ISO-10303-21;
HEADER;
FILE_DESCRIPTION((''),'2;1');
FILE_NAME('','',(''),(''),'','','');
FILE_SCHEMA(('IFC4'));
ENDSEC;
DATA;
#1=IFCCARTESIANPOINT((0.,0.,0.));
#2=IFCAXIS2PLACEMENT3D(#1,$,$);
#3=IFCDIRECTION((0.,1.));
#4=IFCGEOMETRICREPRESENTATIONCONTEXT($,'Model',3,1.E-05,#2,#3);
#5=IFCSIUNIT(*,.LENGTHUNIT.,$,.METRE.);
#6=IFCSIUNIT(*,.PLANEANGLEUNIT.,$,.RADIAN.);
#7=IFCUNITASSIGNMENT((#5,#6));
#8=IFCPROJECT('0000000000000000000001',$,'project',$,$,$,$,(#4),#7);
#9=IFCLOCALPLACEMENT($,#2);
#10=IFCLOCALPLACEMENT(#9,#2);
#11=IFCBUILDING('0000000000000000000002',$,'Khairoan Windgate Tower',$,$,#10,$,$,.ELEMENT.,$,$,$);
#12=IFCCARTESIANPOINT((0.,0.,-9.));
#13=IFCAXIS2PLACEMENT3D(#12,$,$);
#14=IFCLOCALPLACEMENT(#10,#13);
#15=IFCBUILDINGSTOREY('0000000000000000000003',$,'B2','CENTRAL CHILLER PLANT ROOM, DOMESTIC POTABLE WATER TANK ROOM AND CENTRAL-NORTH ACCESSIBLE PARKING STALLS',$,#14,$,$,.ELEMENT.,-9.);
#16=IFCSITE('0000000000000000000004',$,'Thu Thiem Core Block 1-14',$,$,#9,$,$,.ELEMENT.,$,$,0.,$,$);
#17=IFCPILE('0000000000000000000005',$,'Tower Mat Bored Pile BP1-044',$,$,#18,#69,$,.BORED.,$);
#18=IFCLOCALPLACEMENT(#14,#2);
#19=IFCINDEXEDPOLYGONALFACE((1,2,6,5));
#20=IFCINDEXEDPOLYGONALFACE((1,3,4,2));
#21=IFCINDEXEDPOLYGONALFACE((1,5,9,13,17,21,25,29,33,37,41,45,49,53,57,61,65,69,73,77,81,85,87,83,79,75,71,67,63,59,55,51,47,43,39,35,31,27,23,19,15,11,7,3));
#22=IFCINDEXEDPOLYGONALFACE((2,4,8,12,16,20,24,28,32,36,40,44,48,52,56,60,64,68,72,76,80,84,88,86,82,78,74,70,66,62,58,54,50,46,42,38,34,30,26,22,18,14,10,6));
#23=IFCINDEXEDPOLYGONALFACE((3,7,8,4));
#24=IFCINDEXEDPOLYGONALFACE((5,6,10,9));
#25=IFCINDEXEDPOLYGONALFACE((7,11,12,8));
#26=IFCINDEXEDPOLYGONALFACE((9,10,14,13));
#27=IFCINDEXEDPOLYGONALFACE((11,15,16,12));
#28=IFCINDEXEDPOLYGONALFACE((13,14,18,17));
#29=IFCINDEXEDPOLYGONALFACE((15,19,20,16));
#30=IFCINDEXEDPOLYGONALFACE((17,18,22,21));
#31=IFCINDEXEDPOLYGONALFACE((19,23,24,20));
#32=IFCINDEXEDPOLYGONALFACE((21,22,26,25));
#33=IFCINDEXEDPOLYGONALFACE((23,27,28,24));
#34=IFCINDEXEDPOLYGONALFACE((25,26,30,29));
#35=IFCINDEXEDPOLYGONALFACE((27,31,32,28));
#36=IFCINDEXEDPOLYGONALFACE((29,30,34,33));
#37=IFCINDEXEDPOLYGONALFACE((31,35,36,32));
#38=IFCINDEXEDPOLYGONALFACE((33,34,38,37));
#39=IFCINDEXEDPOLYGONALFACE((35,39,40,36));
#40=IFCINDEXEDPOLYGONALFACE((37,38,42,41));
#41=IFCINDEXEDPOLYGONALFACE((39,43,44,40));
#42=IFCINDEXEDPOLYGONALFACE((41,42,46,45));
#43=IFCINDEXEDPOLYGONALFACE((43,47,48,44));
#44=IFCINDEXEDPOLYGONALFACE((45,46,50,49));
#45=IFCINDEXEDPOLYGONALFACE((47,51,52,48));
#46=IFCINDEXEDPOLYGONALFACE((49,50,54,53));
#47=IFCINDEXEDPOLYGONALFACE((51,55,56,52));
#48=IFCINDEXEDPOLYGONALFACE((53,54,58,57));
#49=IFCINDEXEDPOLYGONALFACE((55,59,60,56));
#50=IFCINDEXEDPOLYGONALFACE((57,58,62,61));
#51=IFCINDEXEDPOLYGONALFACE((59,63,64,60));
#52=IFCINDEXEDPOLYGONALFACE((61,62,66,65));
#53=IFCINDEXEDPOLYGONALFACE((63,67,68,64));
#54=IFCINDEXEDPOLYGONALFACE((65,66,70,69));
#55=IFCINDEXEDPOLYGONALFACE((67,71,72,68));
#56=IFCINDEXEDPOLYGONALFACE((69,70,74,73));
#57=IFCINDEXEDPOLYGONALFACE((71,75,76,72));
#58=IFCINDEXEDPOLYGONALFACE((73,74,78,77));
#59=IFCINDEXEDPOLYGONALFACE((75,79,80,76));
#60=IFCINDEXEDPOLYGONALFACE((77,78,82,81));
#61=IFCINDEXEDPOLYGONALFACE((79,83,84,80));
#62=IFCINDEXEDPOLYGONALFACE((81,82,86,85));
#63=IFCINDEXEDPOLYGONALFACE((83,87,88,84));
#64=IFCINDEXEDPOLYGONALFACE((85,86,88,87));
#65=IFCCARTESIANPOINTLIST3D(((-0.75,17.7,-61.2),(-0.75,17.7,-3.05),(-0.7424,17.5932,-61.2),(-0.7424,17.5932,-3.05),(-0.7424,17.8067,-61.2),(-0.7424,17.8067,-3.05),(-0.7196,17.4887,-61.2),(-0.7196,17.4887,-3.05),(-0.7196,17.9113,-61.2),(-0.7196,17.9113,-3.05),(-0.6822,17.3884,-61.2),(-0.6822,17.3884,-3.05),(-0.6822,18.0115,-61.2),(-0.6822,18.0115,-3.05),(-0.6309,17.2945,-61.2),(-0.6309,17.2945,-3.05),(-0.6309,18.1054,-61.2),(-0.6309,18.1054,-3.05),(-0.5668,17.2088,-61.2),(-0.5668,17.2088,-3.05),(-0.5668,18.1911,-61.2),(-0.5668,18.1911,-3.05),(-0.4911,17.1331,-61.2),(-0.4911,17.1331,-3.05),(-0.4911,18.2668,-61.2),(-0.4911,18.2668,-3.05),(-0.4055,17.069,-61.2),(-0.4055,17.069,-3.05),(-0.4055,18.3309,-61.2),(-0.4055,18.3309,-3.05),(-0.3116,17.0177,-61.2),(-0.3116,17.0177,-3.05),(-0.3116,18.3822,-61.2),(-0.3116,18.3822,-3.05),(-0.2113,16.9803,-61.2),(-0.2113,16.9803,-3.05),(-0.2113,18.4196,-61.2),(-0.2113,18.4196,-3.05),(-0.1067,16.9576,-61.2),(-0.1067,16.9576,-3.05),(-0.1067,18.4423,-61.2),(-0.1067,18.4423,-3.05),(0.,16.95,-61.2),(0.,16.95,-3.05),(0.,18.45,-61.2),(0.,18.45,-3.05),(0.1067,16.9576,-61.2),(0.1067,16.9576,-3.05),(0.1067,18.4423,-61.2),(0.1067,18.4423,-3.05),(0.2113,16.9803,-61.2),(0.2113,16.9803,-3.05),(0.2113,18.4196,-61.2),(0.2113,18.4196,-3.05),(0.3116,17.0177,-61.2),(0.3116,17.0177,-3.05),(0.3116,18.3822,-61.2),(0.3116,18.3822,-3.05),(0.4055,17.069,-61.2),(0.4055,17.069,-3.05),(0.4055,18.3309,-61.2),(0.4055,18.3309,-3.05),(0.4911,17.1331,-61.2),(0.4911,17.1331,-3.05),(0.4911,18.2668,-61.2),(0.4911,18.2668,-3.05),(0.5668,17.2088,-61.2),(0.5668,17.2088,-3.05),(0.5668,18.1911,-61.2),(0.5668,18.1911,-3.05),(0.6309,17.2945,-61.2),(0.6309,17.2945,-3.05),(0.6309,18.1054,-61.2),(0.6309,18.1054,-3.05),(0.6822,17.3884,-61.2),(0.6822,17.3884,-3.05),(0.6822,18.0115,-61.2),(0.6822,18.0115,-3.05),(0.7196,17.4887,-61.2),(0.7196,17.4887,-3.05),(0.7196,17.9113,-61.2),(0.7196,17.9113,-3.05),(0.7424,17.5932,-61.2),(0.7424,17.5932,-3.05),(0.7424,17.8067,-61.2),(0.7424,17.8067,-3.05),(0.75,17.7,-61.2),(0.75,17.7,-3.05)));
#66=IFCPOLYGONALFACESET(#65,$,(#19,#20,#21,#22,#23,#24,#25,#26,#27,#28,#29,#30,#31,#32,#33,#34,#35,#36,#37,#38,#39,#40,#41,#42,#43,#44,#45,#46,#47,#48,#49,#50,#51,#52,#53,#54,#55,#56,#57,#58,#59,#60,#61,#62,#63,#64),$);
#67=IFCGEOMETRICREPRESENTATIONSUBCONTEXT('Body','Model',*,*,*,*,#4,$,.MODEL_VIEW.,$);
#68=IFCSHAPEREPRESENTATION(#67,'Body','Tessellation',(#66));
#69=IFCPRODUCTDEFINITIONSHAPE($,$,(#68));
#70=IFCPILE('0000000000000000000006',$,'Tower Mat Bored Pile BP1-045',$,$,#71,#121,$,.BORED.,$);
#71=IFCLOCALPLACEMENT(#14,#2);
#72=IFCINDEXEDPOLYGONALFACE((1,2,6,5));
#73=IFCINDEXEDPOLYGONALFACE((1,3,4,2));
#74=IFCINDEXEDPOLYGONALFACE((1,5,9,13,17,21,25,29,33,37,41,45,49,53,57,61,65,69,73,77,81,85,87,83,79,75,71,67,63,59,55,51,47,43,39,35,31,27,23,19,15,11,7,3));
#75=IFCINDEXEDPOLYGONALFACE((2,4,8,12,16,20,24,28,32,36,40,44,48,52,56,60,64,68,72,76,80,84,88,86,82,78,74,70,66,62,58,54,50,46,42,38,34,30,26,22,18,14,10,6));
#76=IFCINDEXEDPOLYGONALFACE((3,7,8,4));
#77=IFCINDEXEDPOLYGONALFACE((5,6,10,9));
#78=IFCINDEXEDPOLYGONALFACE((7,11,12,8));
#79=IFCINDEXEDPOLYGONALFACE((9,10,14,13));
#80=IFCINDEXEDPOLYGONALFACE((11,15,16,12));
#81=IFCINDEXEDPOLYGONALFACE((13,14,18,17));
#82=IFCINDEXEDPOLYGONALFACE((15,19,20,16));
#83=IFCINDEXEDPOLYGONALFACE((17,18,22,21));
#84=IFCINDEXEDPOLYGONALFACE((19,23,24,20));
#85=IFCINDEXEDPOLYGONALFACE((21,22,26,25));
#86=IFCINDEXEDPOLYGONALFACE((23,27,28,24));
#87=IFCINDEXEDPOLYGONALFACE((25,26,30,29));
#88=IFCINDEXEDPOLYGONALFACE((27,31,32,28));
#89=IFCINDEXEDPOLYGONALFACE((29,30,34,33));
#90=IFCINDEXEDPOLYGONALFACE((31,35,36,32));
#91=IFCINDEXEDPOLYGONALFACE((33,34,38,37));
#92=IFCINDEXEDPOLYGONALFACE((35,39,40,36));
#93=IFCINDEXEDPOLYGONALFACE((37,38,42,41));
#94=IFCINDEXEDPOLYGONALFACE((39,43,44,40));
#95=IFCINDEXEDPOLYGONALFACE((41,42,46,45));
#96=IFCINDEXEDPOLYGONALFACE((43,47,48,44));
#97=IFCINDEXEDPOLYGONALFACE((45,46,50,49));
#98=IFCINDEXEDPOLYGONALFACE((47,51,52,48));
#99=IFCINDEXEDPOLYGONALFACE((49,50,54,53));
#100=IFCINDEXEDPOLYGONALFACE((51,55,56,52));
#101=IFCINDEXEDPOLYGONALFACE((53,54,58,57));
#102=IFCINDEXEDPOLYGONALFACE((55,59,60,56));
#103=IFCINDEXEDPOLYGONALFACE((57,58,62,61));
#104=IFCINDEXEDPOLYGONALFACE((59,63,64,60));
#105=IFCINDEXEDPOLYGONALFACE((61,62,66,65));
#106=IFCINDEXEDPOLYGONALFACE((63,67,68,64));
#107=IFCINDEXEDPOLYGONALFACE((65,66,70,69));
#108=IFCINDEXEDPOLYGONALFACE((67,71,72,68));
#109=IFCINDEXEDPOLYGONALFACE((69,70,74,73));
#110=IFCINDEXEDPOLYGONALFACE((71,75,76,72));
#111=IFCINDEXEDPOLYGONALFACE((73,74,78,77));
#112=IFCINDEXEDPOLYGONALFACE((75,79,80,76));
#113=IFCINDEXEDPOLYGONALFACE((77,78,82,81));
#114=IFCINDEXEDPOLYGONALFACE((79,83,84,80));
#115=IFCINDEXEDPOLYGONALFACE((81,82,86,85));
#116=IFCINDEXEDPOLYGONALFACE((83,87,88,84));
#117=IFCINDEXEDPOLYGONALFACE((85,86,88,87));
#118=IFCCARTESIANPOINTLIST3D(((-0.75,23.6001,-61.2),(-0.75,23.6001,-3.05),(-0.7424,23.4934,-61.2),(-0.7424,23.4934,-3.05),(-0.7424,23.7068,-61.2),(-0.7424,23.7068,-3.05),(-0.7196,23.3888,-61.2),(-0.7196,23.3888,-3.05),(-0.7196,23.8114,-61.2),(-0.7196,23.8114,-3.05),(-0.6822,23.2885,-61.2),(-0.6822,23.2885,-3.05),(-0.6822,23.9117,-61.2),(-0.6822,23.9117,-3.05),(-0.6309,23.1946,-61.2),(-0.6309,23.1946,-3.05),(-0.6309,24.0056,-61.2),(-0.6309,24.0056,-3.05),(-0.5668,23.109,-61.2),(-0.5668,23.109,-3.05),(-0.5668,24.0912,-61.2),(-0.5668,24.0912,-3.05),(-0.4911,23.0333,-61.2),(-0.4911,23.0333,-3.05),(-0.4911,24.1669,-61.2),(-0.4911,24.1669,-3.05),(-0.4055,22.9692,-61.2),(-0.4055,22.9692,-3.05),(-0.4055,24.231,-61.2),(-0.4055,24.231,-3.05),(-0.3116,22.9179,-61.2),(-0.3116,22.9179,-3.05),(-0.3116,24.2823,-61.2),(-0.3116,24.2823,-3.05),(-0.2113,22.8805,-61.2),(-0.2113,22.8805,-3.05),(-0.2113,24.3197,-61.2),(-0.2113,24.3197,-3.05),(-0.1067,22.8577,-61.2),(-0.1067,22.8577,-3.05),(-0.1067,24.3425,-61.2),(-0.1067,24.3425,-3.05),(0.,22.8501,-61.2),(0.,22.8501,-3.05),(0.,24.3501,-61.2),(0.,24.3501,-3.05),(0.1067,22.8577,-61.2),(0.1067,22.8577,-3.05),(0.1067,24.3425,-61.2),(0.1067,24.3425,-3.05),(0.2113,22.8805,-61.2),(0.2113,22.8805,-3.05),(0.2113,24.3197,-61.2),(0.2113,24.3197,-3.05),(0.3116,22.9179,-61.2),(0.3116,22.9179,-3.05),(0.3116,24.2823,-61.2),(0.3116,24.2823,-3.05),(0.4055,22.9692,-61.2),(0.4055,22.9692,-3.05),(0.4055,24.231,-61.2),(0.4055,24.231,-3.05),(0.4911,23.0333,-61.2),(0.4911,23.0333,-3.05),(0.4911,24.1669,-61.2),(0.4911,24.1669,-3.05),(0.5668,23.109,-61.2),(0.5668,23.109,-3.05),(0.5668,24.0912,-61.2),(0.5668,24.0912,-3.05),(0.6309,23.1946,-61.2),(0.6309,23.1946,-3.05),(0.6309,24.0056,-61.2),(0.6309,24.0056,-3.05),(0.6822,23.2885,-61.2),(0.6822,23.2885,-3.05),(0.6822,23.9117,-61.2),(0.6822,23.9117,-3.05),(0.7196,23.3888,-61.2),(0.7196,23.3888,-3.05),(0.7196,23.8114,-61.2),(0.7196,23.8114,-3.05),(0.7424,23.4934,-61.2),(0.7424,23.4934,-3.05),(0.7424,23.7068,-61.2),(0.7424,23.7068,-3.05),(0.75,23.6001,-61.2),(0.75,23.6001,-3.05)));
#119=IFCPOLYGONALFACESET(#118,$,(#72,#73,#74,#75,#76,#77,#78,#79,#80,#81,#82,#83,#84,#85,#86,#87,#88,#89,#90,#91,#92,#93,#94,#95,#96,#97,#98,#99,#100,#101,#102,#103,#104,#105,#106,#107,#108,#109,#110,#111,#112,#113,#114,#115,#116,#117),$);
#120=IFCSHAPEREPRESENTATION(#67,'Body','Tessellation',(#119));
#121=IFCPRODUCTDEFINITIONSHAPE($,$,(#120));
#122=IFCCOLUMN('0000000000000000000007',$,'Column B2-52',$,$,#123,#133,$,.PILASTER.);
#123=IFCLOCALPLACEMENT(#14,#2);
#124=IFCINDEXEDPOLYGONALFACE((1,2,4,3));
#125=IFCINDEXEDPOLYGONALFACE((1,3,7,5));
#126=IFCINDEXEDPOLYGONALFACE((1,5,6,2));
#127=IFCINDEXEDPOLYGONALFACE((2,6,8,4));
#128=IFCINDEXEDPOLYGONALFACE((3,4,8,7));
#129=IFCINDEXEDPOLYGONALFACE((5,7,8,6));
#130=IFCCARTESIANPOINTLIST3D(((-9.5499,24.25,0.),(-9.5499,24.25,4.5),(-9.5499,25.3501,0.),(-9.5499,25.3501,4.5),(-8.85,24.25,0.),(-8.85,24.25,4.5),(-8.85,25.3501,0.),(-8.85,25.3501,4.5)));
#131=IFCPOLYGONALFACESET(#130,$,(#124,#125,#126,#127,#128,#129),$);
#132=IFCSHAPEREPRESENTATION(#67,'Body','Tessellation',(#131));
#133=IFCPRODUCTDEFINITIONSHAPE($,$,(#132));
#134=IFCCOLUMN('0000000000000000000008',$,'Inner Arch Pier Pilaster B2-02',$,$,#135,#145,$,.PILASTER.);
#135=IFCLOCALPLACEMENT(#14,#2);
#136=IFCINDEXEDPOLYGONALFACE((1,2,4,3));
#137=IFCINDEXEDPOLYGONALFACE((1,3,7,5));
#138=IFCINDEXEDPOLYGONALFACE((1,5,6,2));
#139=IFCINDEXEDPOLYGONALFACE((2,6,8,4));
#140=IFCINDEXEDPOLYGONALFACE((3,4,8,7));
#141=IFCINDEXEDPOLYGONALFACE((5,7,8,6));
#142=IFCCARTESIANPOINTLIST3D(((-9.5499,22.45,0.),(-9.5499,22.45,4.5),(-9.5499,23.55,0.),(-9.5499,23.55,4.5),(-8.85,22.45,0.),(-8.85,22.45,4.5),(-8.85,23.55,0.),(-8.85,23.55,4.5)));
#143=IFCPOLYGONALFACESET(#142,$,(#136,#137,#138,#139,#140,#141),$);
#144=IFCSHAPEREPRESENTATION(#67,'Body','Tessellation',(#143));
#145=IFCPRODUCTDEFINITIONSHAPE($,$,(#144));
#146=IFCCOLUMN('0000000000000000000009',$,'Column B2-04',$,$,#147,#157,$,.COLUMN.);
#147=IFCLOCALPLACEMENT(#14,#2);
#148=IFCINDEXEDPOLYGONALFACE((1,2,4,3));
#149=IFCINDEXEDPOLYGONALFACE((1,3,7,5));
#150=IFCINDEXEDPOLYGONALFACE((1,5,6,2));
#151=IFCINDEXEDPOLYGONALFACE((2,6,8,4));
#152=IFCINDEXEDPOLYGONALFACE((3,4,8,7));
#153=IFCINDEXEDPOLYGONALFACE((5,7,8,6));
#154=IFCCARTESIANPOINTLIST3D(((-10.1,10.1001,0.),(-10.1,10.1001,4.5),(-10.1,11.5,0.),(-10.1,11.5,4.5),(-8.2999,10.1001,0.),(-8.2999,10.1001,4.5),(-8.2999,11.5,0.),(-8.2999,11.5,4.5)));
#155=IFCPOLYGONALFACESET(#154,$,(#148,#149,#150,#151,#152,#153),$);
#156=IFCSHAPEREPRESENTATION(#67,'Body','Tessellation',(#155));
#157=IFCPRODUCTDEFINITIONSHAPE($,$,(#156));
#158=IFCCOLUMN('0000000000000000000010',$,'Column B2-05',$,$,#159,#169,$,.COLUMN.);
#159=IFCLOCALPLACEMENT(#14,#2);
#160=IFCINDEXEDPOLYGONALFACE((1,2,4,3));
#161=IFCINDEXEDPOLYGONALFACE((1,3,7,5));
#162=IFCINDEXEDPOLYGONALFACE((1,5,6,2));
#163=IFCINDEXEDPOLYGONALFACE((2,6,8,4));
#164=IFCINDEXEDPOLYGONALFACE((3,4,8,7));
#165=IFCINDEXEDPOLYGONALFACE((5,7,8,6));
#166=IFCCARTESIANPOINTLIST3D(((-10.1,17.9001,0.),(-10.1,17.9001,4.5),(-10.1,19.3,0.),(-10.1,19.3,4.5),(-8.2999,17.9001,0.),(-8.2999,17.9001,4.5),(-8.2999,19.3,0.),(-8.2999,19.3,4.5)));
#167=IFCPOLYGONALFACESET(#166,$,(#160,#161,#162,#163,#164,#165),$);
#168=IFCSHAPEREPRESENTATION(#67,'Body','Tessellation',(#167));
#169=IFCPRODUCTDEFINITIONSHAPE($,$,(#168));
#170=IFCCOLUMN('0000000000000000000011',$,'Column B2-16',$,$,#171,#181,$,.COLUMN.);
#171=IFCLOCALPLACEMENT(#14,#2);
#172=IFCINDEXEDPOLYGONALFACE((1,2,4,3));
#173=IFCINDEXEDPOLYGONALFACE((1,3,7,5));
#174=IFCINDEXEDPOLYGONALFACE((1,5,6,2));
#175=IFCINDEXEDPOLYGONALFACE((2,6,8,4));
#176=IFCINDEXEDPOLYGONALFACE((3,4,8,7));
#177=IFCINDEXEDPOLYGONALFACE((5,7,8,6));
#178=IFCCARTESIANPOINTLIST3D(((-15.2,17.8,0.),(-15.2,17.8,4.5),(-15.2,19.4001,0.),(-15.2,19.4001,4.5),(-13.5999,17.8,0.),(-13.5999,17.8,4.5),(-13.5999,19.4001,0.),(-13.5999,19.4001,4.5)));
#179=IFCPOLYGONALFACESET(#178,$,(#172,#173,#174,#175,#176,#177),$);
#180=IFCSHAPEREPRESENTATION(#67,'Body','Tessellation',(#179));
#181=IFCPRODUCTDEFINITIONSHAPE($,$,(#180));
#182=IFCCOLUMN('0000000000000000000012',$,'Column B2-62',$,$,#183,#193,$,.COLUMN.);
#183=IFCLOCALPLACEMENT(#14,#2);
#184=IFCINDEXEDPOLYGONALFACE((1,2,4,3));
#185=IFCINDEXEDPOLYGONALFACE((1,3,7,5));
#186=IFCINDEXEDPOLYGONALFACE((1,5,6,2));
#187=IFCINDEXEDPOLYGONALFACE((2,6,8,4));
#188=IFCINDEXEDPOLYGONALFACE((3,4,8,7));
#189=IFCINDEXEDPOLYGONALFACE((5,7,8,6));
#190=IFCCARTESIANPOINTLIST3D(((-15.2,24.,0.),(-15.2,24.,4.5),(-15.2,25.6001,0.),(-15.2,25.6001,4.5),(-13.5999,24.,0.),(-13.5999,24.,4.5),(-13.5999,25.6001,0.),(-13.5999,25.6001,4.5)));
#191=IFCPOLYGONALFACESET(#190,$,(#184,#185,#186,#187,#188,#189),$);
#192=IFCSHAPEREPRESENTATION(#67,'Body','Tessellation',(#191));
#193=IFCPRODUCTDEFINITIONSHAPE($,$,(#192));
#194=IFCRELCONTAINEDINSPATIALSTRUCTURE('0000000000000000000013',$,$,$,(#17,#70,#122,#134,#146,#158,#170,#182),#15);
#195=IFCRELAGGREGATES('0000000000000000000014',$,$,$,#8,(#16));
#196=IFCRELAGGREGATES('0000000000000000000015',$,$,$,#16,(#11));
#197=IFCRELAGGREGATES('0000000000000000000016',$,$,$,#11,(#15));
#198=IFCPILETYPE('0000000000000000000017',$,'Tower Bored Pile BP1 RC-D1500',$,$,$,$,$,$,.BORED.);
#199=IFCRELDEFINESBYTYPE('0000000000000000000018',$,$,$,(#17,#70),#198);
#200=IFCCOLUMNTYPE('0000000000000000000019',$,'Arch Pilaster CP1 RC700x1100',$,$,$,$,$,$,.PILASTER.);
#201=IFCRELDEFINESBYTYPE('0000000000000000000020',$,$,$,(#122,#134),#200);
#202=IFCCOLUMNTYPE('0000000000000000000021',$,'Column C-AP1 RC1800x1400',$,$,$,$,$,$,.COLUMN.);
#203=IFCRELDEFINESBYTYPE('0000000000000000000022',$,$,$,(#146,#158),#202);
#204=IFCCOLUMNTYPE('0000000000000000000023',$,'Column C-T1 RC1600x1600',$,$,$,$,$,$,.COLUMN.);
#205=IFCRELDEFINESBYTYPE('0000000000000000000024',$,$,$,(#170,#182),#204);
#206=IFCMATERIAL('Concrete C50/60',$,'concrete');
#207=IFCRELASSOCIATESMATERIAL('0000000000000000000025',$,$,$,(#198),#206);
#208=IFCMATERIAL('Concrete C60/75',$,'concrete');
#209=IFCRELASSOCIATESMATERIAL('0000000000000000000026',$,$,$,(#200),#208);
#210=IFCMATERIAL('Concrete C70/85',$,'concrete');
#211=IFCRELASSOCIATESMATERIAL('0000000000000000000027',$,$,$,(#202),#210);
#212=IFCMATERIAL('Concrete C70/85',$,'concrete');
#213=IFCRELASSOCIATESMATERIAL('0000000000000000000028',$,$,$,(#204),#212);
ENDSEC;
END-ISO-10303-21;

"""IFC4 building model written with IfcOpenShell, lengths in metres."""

from ifc_helpers import new_model, si_unit, direction, frame, origin, origin_2d, place, context, subcontext, project, spatial, rectangle, circle, extrude, material, material_profile, profile_set, type_object, element, save


model = new_model("IFC4")

# Units and contexts
model_context = context("Model", 3, precision=1e-05, world=origin(), true_north=direction((0.0, 1.0)))
body_context = subcontext(model_context, "Body", "Model", "MODEL_VIEW")
ifc_project = project(units=[si_unit("LENGTHUNIT", "METRE"), si_unit("PLANEANGLEUNIT", "RADIAN")], contexts=[model_context])

# Site, building, storey
site_placement = place(None, origin())
site = spatial("IfcSite", under=ifc_project, at=site_placement, Name="Thu Thiem Core Block 1-14", CompositionType="ELEMENT", RefElevation=0.0)
building_placement = place(site_placement, origin())
building = spatial("IfcBuilding", under=site, at=building_placement, Name="Khairoan Windgate Tower", CompositionType="ELEMENT")
storey_placement = place(building_placement, frame((0.0, 0.0, -9.0)))
storey = spatial("IfcBuildingStorey", under=building, at=storey_placement, Name="B2", Description="CENTRAL CHILLER PLANT ROOM, DOMESTIC POTABLE WATER TANK ROOM AND CENTRAL-NORTH ACCESSIBLE PARKING STALLS", CompositionType="ELEMENT", Elevation=-9.0)

# Piles
ifc_material_1 = material(Name="Concrete C50/60", Category="concrete")
ifc_material_profile_1 = material_profile(ifc_material_1, circle(Radius=0.75, at=origin_2d()))
ifc_profile_set_1 = profile_set([ifc_material_profile_1], Name="Concrete C50/60")
pile_type = type_object("IfcPileType", Name="Tower Bored Pile BP1 RC-D1500", PredefinedType="BORED", material=ifc_profile_set_1)
for number, where, z_axis, x_axis, name in (
    (1, (0.0, 17.7, -3.05), (0.0, 0.0, -1.0), (1.0, 0.0, 0.0), "Tower Mat Bored Pile BP1-044"),
    (2, (0.0, 23.6001, -3.05), (0.0, 0.0, -1.0), (1.0, 0.0, 0.0), "Tower Mat Bored Pile BP1-045"),
):
    element("IfcPile", number, at=place(storey_placement, frame(where, z_axis=z_axis, x_axis=x_axis)), inside=storey, type_object=pile_type, Name=name, PredefinedType="BORED", context=body_context, shape_type="SweptSolid", body=[
        extrude(circle(Radius=0.75, at=origin_2d()), origin(), (0.0, 0.0, 1.0), 58.1499),
    ])

# Columns
ifc_material_2 = material(Name="Concrete C60/75", Category="concrete")
ifc_material_profile_2 = material_profile(ifc_material_2, rectangle(XDim=0.7, YDim=1.1001, at=origin_2d()))
ifc_profile_set_2 = profile_set([ifc_material_profile_2], Name="Concrete C60/75")
column_type_1 = type_object("IfcColumnType", Name="Arch Pilaster CP1 RC700x1100", PredefinedType="PILASTER", material=ifc_profile_set_2)
for number, where, z_axis, x_axis, name in (
    (3, (-9.2, 24.8, 0.0), (0.0, 0.0, 1.0), (1.0, 0.0, 0.0), "Column B2-52"),
    (4, (-9.2, 23.0, 0.0), (0.0, 0.0, 1.0), (1.0, 0.0, 0.0), "Inner Arch Pier Pilaster B2-02"),
):
    element("IfcColumn", number, at=place(storey_placement, frame(where, z_axis=z_axis, x_axis=x_axis)), inside=storey, type_object=column_type_1, Name=name, PredefinedType="PILASTER", context=body_context, shape_type="SweptSolid", body=[
        extrude(rectangle(XDim=0.7, YDim=1.1001, at=origin_2d()), origin(), (0.0, 0.0, 1.0), 4.5),
    ])
ifc_material_3 = material(Name="Concrete C70/85", Category="concrete")
ifc_material_profile_3 = material_profile(ifc_material_3, rectangle(XDim=1.8, YDim=1.3999, at=origin_2d()))
ifc_profile_set_3 = profile_set([ifc_material_profile_3], Name="Concrete C70/85")
column_type_2 = type_object("IfcColumnType", Name="Column C-AP1 RC1800x1400", PredefinedType="COLUMN", material=ifc_profile_set_3)
for number, where, z_axis, x_axis, name in (
    (5, (-9.2, 10.8, 0.0), (0.0, 0.0, 1.0), (1.0, 0.0, 0.0), "Column B2-04"),
    (6, (-9.2, 18.6001, 0.0), (0.0, 0.0, 1.0), (1.0, 0.0, 0.0), "Column B2-05"),
):
    element("IfcColumn", number, at=place(storey_placement, frame(where, z_axis=z_axis, x_axis=x_axis)), inside=storey, type_object=column_type_2, Name=name, PredefinedType="COLUMN", context=body_context, shape_type="SweptSolid", body=[
        extrude(rectangle(XDim=1.8, YDim=1.3999, at=origin_2d()), origin(), (0.0, 0.0, 1.0), 4.5),
    ])
ifc_material_4 = material(Name="Concrete C70/85", Category="concrete")
ifc_material_profile_4 = material_profile(ifc_material_4, rectangle(XDim=1.6001, YDim=1.6001, at=origin_2d()))
ifc_profile_set_4 = profile_set([ifc_material_profile_4], Name="Concrete C70/85")
column_type_3 = type_object("IfcColumnType", Name="Column C-T1 RC1600x1600", PredefinedType="COLUMN", material=ifc_profile_set_4)
for number, where, z_axis, x_axis, name in (
    (7, (-14.3999, 18.6001, 0.0), (0.0, 0.0, 1.0), (1.0, 0.0, 0.0), "Column B2-16"),
    (8, (-14.3999, 24.8, 0.0), (0.0, 0.0, 1.0), (1.0, 0.0, 0.0), "Column B2-62"),
):
    element("IfcColumn", number, at=place(storey_placement, frame(where, z_axis=z_axis, x_axis=x_axis)), inside=storey, type_object=column_type_3, Name=name, PredefinedType="COLUMN", context=body_context, shape_type="SweptSolid", body=[
        extrude(rectangle(XDim=1.6001, YDim=1.6001, at=origin_2d()), origin(), (0.0, 0.0, 1.0), 4.5),
    ])

save(model, "model.ifc")
